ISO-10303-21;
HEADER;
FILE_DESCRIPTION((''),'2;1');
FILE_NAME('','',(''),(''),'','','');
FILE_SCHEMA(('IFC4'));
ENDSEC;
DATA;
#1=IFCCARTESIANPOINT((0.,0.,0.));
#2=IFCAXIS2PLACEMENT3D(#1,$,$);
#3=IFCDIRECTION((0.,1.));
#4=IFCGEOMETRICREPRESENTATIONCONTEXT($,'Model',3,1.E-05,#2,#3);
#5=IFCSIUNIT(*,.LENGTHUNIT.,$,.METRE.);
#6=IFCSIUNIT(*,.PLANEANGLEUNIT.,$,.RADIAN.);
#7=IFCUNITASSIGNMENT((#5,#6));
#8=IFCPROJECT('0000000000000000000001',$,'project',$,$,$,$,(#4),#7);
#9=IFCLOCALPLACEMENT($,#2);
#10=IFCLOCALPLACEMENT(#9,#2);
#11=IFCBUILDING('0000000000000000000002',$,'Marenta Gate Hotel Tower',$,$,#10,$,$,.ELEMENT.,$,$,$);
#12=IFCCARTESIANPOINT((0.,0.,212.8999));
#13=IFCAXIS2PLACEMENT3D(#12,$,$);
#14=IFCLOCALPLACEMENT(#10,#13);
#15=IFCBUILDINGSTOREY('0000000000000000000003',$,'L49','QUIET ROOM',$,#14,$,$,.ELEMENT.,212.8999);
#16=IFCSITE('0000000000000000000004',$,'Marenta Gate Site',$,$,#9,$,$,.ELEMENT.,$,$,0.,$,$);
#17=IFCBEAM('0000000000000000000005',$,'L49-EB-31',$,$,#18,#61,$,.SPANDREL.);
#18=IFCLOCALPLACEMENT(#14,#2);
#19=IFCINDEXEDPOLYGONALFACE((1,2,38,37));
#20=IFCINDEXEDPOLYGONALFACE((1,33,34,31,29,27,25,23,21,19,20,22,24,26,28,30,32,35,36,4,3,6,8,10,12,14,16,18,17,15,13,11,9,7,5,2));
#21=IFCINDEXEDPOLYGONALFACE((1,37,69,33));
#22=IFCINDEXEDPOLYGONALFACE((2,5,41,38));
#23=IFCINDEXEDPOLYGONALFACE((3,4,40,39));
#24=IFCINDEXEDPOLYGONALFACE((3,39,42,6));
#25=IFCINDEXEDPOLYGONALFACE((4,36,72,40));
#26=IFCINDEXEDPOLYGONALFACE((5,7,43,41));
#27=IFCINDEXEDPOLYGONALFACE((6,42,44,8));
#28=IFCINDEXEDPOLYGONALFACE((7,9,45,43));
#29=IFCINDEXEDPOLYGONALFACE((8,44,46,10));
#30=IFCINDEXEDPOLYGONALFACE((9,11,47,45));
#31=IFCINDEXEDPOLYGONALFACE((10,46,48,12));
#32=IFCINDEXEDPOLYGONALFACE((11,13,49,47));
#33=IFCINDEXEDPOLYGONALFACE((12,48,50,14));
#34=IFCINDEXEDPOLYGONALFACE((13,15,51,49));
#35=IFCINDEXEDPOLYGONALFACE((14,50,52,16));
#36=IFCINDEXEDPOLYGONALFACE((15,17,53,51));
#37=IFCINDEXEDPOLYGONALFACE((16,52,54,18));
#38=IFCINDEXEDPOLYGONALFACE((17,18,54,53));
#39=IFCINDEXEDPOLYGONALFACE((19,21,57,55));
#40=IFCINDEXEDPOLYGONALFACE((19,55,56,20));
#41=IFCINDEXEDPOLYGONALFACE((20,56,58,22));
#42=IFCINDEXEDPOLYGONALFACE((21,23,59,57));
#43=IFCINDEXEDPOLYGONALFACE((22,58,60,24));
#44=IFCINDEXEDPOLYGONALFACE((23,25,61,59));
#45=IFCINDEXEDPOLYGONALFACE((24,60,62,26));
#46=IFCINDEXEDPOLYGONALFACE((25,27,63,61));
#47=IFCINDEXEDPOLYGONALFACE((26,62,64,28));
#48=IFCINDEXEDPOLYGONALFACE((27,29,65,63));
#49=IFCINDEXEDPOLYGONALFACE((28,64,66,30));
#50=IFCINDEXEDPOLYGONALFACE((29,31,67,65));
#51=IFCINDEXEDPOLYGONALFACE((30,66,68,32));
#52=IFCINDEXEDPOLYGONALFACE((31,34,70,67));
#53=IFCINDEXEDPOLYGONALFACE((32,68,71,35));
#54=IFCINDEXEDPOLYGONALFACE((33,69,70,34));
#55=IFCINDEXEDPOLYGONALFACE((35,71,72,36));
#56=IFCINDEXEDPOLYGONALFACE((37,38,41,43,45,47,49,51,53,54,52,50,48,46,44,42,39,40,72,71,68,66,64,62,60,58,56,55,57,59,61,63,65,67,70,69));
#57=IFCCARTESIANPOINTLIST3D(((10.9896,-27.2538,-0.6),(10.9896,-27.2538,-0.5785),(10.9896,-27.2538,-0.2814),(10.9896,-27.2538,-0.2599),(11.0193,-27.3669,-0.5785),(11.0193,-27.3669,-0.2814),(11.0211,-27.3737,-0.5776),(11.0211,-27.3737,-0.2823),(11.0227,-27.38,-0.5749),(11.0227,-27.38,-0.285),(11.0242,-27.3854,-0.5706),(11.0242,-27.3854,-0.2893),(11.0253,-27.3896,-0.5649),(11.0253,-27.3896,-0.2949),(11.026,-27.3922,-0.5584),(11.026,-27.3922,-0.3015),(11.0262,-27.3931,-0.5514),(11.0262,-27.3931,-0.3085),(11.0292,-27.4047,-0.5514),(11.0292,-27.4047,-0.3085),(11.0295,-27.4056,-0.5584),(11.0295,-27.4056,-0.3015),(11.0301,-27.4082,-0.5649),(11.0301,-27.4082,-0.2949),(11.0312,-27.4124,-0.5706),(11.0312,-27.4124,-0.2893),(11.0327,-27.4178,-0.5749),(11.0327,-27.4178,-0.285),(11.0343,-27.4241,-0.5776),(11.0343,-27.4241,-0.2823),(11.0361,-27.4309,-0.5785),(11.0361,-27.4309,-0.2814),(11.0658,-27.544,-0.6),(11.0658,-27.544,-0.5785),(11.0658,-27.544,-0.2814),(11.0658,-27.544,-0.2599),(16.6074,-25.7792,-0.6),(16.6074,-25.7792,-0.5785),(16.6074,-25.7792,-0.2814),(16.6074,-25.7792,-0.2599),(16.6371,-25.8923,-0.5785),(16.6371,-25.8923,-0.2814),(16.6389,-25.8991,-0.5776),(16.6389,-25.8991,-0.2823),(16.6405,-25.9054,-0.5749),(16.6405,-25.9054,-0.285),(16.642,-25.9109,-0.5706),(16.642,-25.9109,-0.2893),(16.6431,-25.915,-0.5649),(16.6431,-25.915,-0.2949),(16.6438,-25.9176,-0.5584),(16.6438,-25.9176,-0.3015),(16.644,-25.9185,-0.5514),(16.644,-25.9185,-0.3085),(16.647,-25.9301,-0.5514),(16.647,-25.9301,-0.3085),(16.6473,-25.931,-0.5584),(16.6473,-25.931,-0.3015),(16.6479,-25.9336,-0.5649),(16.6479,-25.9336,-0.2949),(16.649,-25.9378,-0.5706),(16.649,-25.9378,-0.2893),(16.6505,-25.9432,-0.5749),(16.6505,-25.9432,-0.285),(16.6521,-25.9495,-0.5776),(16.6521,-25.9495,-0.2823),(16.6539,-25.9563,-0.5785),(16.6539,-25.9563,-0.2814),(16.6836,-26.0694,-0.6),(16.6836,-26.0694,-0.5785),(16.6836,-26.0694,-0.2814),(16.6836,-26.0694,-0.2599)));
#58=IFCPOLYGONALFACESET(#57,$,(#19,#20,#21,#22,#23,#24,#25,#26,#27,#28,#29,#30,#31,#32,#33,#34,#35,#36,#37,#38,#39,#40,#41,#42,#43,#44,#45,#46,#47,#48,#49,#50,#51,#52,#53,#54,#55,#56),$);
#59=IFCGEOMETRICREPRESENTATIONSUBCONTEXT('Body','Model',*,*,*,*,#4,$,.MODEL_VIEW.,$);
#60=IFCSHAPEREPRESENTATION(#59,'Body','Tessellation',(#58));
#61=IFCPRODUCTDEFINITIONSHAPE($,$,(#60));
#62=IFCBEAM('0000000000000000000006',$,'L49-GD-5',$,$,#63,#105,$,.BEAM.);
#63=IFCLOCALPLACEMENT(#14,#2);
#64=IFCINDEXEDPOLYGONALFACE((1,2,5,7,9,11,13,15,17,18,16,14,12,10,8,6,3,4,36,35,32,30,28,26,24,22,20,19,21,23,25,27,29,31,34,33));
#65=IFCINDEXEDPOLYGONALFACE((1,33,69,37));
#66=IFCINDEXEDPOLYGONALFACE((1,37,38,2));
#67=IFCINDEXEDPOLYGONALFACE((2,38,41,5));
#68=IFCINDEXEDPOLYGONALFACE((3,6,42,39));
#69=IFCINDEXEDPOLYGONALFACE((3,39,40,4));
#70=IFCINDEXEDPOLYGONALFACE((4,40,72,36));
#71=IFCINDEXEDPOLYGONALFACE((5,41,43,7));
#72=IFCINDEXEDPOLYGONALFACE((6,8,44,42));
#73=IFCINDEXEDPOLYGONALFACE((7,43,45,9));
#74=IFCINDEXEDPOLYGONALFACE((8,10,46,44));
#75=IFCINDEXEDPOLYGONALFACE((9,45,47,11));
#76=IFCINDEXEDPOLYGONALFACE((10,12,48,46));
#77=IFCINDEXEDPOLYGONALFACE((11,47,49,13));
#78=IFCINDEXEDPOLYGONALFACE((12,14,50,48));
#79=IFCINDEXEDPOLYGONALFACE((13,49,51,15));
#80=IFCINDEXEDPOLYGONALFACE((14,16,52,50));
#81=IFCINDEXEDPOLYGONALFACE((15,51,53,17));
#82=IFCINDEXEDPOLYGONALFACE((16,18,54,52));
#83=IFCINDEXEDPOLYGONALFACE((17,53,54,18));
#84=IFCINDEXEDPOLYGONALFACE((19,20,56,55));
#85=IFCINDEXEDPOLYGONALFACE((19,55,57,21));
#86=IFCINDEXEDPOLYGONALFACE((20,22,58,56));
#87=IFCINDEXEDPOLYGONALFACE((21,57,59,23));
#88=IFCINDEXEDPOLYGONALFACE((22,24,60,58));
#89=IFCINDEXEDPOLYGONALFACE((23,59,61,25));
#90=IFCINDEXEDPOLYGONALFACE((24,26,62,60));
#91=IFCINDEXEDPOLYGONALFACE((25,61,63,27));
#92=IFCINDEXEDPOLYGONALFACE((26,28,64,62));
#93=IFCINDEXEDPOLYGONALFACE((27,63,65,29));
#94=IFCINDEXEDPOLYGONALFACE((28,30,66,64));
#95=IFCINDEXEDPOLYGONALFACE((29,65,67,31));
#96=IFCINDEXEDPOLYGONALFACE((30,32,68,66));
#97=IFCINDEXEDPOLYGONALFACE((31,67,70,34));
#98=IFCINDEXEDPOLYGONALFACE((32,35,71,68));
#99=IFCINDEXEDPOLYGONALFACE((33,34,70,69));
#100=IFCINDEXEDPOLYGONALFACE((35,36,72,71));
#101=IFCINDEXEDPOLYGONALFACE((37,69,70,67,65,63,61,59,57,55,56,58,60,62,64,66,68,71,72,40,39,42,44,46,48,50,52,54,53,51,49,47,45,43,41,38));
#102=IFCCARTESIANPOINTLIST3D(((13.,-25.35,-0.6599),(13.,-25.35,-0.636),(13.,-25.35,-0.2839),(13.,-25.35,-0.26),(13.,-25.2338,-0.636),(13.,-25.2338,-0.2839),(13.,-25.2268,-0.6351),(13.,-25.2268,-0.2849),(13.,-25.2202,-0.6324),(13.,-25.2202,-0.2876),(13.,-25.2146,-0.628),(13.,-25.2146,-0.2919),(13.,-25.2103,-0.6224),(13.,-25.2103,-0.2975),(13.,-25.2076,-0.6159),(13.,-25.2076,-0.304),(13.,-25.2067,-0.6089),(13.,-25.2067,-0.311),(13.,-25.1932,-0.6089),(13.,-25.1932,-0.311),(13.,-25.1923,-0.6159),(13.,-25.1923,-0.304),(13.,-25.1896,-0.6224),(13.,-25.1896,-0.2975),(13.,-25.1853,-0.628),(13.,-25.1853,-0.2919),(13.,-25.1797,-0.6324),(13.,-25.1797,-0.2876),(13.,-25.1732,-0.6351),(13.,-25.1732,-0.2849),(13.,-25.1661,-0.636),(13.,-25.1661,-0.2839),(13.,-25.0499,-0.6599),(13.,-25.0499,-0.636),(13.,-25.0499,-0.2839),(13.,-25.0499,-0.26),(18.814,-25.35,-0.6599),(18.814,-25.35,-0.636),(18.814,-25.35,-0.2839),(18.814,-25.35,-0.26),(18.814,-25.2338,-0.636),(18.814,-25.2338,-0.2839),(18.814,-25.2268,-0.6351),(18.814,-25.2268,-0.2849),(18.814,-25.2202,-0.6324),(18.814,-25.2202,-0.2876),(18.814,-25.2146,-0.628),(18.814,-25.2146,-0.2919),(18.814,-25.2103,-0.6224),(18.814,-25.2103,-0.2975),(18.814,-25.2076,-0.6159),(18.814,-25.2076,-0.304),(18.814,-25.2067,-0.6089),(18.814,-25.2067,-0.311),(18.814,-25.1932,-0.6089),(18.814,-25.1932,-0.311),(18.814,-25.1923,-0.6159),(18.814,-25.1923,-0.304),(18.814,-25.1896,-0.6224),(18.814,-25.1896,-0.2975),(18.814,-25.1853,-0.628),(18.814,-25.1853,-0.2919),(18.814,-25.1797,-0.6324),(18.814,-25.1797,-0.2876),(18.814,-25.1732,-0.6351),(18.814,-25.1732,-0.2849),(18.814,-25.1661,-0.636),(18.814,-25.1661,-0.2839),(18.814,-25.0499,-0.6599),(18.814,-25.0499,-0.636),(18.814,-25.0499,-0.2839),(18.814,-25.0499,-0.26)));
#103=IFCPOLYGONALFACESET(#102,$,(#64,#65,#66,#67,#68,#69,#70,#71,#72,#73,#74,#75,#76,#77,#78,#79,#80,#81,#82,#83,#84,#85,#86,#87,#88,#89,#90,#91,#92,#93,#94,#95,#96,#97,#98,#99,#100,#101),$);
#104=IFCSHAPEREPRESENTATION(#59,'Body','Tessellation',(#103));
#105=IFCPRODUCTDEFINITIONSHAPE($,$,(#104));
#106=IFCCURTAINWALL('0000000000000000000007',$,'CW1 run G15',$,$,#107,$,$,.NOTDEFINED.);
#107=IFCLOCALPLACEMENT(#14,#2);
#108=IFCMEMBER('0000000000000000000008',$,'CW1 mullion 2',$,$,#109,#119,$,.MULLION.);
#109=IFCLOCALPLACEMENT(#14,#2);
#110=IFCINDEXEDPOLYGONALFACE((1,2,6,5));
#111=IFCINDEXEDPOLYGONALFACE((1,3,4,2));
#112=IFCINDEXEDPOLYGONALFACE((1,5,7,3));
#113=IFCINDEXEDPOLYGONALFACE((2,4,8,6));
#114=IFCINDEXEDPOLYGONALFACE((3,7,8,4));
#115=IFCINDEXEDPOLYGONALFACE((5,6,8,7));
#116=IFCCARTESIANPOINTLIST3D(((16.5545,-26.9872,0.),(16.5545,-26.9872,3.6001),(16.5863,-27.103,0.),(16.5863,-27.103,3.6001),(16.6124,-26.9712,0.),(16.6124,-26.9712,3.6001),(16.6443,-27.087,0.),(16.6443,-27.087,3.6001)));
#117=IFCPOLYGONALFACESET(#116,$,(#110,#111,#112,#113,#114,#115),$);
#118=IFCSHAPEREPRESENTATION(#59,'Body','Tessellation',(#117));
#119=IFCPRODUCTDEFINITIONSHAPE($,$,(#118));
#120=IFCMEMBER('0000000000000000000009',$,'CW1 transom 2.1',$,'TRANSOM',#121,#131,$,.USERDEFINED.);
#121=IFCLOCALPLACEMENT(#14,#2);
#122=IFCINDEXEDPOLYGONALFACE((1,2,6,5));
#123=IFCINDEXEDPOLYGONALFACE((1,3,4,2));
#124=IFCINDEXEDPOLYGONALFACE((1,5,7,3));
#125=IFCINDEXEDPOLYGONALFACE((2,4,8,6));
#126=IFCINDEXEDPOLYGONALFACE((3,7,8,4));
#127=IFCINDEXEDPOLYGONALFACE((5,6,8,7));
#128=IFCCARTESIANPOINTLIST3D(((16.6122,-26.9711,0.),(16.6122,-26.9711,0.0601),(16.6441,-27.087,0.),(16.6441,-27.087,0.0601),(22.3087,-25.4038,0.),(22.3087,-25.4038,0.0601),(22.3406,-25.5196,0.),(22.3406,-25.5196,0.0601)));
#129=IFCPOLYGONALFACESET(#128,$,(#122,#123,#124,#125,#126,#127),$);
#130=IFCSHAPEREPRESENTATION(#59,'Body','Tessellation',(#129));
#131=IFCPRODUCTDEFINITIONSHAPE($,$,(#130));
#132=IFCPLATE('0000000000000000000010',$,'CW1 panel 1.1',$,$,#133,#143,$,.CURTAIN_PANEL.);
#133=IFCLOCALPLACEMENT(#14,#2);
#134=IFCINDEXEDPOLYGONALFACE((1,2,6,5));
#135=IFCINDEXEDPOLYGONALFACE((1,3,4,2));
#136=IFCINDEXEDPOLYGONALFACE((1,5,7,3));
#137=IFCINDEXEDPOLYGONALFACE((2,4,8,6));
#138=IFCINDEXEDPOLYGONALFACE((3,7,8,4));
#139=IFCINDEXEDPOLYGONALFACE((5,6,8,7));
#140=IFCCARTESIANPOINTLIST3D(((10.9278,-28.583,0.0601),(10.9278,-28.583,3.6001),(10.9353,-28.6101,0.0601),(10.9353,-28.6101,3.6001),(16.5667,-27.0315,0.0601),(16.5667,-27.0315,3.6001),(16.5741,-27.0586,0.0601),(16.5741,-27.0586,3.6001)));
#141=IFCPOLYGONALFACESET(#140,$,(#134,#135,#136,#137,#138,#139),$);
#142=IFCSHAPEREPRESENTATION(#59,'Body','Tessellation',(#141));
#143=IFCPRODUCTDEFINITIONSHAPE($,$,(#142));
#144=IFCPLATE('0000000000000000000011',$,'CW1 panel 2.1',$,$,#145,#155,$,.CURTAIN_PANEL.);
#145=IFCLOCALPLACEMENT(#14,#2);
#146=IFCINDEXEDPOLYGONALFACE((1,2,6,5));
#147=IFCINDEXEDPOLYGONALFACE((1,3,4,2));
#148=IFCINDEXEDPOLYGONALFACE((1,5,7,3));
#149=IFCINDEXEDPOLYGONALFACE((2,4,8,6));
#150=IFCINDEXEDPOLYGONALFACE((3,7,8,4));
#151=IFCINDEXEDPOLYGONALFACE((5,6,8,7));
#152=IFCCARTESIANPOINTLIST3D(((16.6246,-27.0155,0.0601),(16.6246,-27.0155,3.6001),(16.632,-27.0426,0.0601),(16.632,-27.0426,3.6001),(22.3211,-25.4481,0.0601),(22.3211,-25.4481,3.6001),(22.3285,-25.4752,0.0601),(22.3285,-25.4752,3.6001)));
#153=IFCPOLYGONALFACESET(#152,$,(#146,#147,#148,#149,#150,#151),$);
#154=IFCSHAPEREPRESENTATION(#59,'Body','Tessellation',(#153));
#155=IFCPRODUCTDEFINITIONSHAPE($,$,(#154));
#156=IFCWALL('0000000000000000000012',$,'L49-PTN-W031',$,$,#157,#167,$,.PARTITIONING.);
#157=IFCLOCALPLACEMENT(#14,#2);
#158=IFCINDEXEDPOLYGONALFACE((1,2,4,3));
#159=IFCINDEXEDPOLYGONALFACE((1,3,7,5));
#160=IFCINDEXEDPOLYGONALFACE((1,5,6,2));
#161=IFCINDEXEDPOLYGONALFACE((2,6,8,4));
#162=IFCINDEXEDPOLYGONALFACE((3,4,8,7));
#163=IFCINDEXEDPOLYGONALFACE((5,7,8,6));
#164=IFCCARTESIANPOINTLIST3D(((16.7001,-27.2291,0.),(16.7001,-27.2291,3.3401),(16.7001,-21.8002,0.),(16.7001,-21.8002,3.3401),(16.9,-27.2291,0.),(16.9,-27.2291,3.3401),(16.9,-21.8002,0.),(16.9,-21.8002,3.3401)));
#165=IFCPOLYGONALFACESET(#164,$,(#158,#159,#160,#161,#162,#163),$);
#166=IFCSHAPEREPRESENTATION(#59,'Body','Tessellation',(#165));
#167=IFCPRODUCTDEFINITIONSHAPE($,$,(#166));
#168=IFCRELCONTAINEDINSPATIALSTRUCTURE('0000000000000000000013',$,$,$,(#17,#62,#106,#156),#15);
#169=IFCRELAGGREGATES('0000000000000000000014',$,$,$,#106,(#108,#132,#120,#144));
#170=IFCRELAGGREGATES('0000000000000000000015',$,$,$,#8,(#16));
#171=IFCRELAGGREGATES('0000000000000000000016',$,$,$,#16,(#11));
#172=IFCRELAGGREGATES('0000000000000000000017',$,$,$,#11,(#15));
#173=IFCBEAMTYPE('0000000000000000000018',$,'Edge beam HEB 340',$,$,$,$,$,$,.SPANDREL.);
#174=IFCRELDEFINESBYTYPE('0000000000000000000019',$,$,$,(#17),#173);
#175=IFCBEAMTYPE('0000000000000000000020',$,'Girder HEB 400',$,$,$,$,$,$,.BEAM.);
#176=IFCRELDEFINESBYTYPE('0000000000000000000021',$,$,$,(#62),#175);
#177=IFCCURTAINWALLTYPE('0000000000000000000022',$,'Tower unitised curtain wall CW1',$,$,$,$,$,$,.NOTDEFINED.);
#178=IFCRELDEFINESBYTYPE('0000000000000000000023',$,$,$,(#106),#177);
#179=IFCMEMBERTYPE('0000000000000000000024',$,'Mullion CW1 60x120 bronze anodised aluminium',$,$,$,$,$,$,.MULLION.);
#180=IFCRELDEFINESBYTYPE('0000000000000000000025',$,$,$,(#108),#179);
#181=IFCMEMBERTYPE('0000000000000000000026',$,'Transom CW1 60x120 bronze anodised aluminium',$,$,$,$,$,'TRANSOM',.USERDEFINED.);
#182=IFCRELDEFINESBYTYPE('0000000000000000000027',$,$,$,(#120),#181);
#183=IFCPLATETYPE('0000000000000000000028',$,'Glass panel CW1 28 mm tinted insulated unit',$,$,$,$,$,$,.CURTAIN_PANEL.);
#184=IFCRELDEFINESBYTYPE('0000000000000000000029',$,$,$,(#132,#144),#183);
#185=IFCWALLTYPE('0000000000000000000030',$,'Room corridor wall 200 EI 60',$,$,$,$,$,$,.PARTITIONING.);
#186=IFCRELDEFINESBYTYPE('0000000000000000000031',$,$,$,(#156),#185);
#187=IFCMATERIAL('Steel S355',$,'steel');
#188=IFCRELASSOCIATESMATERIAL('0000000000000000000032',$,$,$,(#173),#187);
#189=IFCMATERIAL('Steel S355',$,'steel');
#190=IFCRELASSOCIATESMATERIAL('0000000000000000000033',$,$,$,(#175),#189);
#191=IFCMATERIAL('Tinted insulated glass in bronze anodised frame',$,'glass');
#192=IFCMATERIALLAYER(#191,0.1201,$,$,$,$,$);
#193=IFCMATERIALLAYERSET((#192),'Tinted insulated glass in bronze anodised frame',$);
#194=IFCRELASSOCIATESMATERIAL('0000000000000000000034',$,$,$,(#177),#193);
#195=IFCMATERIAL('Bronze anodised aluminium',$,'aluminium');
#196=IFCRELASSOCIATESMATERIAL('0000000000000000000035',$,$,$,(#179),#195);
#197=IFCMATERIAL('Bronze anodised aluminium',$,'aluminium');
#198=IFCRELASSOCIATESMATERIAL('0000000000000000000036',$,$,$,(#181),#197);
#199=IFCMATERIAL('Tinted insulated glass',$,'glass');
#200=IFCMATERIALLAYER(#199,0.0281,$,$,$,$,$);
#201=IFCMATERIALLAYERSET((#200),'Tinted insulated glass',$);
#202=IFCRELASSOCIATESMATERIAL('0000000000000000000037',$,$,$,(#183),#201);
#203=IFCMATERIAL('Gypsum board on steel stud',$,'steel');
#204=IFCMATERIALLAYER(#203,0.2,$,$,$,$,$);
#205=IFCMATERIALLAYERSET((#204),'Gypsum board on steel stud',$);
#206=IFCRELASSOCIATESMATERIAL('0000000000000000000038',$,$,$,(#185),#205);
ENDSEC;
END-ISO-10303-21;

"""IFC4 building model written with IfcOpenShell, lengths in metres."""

from ifc_helpers import new_model, si_unit, direction, frame, frame_2d, origin, origin_2d, place, context, subcontext, project, spatial, rectangle, i_section, extrude, material, layer, layer_set, material_profile, profile_set, type_object, element, aggregate, save


model = new_model("IFC4")

# Units and contexts
model_context = context("Model", 3, precision=1e-05, world=origin(), true_north=direction((0.0, 1.0)))
body_context = subcontext(model_context, "Body", "Model", "MODEL_VIEW")
ifc_project = project(units=[si_unit("LENGTHUNIT", "METRE"), si_unit("PLANEANGLEUNIT", "RADIAN")], contexts=[model_context])

# Site, building, storey
site_placement = place(None, origin())
site = spatial("IfcSite", under=ifc_project, at=site_placement, Name="Marenta Gate Site", CompositionType="ELEMENT", RefElevation=0.0)
building_placement = place(site_placement, origin())
building = spatial("IfcBuilding", under=site, at=building_placement, Name="Marenta Gate Hotel Tower", CompositionType="ELEMENT")
storey_placement = place(building_placement, frame((0.0, 0.0, 212.8999)))
storey = spatial("IfcBuildingStorey", under=building, at=storey_placement, Name="L49", Description="QUIET ROOM", CompositionType="ELEMENT", Elevation=212.8999)

# Beams
ifc_material_1 = material(Name="Steel S355", Category="steel")
ifc_material_profile_1 = material_profile(ifc_material_1, i_section(OverallWidth=0.3, OverallDepth=0.3401, WebThickness=0.012, FlangeThickness=0.0215, FilletRadius=0.0271, at=origin_2d()), Name="HEB 340")
ifc_profile_set_1 = profile_set([ifc_material_profile_1], Name="Steel S355")
beam_type_1 = type_object("IfcBeamType", Name="Edge beam HEB 340", PredefinedType="SPANDREL", material=ifc_profile_set_1)
beam_1_placement = place(storey_placement, frame((16.6455, -25.9243, -0.4299), z_axis=(-0.967235, -0.253883, 0.0), x_axis=(0.253883, -0.967235, 0.0)))
element("IfcBeam", 1, at=beam_1_placement, inside=storey, type_object=beam_type_1, Name="L49-EB-31", PredefinedType="SPANDREL", context=body_context, shape_type="SweptSolid", body=[
    extrude(i_section(OverallWidth=0.3, OverallDepth=0.3401, WebThickness=0.012, FlangeThickness=0.0215, FilletRadius=0.0271, at=origin_2d()), origin(), (0.0, 0.0, 1.0), 5.8081),
])
ifc_material_2 = material(Name="Steel S355", Category="steel")
ifc_material_profile_2 = material_profile(ifc_material_2, i_section(OverallWidth=0.3, OverallDepth=0.3999, WebThickness=0.0134, FlangeThickness=0.0239, FilletRadius=0.0271, at=origin_2d()), Name="HEB 400")
ifc_profile_set_2 = profile_set([ifc_material_profile_2], Name="Steel S355")
beam_type_2 = type_object("IfcBeamType", Name="Girder HEB 400", PredefinedType="BEAM", material=ifc_profile_set_2)
beam_2_placement = place(storey_placement, frame((13.0, -25.2, -0.46), z_axis=(1.0, 0.0, 0.0), x_axis=(0.0, 1.0, 0.0)))
element("IfcBeam", 2, at=beam_2_placement, inside=storey, type_object=beam_type_2, Name="L49-GD-5", PredefinedType="BEAM", context=body_context, shape_type="SweptSolid", body=[
    extrude(i_section(OverallWidth=0.3, OverallDepth=0.3999, WebThickness=0.0134, FlangeThickness=0.0239, FilletRadius=0.0271, at=origin_2d()), origin(), (0.0, 0.0, 1.0), 5.814),
])

# Curtain wall, members, plates
ifc_material_3 = material(Name="Tinted insulated glass in bronze anodised frame", Category="glass")
ifc_layer_1 = layer(ifc_material_3, 0.1201)
ifc_layer_set_1 = layer_set([ifc_layer_1], Name="Tinted insulated glass in bronze anodised frame")
curtain_wall_type = type_object("IfcCurtainWallType", Name="Tower unitised curtain wall CW1", PredefinedType="NOTDEFINED", material=ifc_layer_set_1)
curtain_wall_placement = place(storey_placement, origin())
curtain_wall = element("IfcCurtainWall", 3, at=curtain_wall_placement, inside=storey, type_object=curtain_wall_type, Name="CW1 run G15", PredefinedType="NOTDEFINED")
ifc_material_4 = material(Name="Bronze anodised aluminium", Category="aluminium")
ifc_material_profile_3 = material_profile(ifc_material_4, rectangle(XDim=0.1201, YDim=0.0601, at=origin_2d()), Name="Mullion CW1 60x120 bronze anodised aluminium")
ifc_profile_set_3 = profile_set([ifc_material_profile_3], Name="Bronze anodised aluminium")
member_type_1 = type_object("IfcMemberType", Name="Mullion CW1 60x120 bronze anodised aluminium", PredefinedType="MULLION", material=ifc_profile_set_3)
member_1_placement = place(storey_placement, frame((16.5994, -27.0371, 0.0), z_axis=(0.0, 0.0, 1.0), x_axis=(-0.265293, 0.964168, 0.0)))
member_1 = element("IfcMember", 4, at=member_1_placement, type_object=member_type_1, Name="CW1 mullion 2", PredefinedType="MULLION", context=body_context, shape_type="SweptSolid", body=[
    extrude(rectangle(XDim=0.1201, YDim=0.0601, at=origin_2d()), origin(), (0.0, 0.0, 1.0), 3.6001),
])
ifc_material_5 = material(Name="Bronze anodised aluminium", Category="aluminium")
ifc_material_profile_4 = material_profile(ifc_material_5, rectangle(XDim=0.1201, YDim=0.0601, at=origin_2d()), Name="Transom CW1 60x120 bronze anodised aluminium")
ifc_profile_set_4 = profile_set([ifc_material_profile_4], Name="Bronze anodised aluminium")
member_type_2 = type_object("IfcMemberType", Name="Transom CW1 60x120 bronze anodised aluminium", ElementType="TRANSOM", PredefinedType="USERDEFINED", material=ifc_profile_set_4)
member_2_placement = place(storey_placement, frame((16.6282, -27.0291, 0.03), z_axis=(0.964169, 0.265288, 0.0), x_axis=(-0.265288, 0.964169, 0.0)))
member_2 = element("IfcMember", 5, at=member_2_placement, type_object=member_type_2, Name="CW1 transom 2.1", ObjectType="TRANSOM", PredefinedType="USERDEFINED", context=body_context, shape_type="SweptSolid", body=[
    extrude(rectangle(XDim=0.1201, YDim=0.0601, at=origin_2d()), origin(), (0.0, 0.0, 1.0), 5.9082),
])
ifc_material_6 = material(Name="Tinted insulated glass", Category="glass")
ifc_layer_2 = layer(ifc_material_6, 0.0281)
ifc_layer_set_2 = layer_set([ifc_layer_2], Name="Tinted insulated glass")
plate_type = type_object("IfcPlateType", Name="Glass panel CW1 28 mm tinted insulated unit", PredefinedType="CURTAIN_PANEL", material=ifc_layer_set_2)
plate_1_placement = place(storey_placement, frame((13.751, -27.8208, 0.0601), z_axis=(0.0, 0.0, 1.0), x_axis=(0.964168, 0.265293, 0.0)))
plate_1 = element("IfcPlate", 6, at=plate_1_placement, type_object=plate_type, Name="CW1 panel 1.1", PredefinedType="CURTAIN_PANEL", context=body_context, shape_type="SweptSolid", body=[
    extrude(rectangle(XDim=5.8484, YDim=0.0281, at=origin_2d()), origin(), (0.0, 0.0, 1.0), 3.54),
])
plate_2_placement = place(storey_placement, frame((19.4766, -26.2454, 0.0601), z_axis=(0.0, 0.0, 1.0), x_axis=(0.964168, 0.265293, 0.0)))
plate_2 = element("IfcPlate", 7, at=plate_2_placement, type_object=plate_type, Name="CW1 panel 2.1", PredefinedType="CURTAIN_PANEL", context=body_context, shape_type="SweptSolid", body=[
    extrude(rectangle(XDim=5.9082, YDim=0.0281, at=origin_2d()), origin(), (0.0, 0.0, 1.0), 3.54),
])
aggregate(curtain_wall, [member_1, plate_1, member_2, plate_2])

# Shared definitions
ifc_material_7 = material(Name="Gypsum board on steel stud", Category="steel")
ifc_layer_3 = layer(ifc_material_7, 0.2)
ifc_layer_set_3 = layer_set([ifc_layer_3], Name="Gypsum board on steel stud")
wall_type_1 = type_object("IfcWallType", Name="Room corridor wall 200 EI 60", PredefinedType="PARTITIONING", material=ifc_layer_set_3)

# Wall
wall_1_placement = place(storey_placement, frame((16.8, -27.229, 0.0), z_axis=(0.0, 0.0, 1.0), x_axis=(0.0, 1.0, 0.0)))
element("IfcWall", 8, at=wall_1_placement, inside=storey, type_object=wall_type_1, Name="L49-PTN-W031", PredefinedType="PARTITIONING", context=body_context, shape_type="SweptSolid", body=[
    extrude(rectangle(XDim=5.429, YDim=0.2, at=frame_2d((2.7144, 0.0))), origin(), (0.0, 0.0, 1.0), 3.3401),
])

save(model, "model.ifc")
